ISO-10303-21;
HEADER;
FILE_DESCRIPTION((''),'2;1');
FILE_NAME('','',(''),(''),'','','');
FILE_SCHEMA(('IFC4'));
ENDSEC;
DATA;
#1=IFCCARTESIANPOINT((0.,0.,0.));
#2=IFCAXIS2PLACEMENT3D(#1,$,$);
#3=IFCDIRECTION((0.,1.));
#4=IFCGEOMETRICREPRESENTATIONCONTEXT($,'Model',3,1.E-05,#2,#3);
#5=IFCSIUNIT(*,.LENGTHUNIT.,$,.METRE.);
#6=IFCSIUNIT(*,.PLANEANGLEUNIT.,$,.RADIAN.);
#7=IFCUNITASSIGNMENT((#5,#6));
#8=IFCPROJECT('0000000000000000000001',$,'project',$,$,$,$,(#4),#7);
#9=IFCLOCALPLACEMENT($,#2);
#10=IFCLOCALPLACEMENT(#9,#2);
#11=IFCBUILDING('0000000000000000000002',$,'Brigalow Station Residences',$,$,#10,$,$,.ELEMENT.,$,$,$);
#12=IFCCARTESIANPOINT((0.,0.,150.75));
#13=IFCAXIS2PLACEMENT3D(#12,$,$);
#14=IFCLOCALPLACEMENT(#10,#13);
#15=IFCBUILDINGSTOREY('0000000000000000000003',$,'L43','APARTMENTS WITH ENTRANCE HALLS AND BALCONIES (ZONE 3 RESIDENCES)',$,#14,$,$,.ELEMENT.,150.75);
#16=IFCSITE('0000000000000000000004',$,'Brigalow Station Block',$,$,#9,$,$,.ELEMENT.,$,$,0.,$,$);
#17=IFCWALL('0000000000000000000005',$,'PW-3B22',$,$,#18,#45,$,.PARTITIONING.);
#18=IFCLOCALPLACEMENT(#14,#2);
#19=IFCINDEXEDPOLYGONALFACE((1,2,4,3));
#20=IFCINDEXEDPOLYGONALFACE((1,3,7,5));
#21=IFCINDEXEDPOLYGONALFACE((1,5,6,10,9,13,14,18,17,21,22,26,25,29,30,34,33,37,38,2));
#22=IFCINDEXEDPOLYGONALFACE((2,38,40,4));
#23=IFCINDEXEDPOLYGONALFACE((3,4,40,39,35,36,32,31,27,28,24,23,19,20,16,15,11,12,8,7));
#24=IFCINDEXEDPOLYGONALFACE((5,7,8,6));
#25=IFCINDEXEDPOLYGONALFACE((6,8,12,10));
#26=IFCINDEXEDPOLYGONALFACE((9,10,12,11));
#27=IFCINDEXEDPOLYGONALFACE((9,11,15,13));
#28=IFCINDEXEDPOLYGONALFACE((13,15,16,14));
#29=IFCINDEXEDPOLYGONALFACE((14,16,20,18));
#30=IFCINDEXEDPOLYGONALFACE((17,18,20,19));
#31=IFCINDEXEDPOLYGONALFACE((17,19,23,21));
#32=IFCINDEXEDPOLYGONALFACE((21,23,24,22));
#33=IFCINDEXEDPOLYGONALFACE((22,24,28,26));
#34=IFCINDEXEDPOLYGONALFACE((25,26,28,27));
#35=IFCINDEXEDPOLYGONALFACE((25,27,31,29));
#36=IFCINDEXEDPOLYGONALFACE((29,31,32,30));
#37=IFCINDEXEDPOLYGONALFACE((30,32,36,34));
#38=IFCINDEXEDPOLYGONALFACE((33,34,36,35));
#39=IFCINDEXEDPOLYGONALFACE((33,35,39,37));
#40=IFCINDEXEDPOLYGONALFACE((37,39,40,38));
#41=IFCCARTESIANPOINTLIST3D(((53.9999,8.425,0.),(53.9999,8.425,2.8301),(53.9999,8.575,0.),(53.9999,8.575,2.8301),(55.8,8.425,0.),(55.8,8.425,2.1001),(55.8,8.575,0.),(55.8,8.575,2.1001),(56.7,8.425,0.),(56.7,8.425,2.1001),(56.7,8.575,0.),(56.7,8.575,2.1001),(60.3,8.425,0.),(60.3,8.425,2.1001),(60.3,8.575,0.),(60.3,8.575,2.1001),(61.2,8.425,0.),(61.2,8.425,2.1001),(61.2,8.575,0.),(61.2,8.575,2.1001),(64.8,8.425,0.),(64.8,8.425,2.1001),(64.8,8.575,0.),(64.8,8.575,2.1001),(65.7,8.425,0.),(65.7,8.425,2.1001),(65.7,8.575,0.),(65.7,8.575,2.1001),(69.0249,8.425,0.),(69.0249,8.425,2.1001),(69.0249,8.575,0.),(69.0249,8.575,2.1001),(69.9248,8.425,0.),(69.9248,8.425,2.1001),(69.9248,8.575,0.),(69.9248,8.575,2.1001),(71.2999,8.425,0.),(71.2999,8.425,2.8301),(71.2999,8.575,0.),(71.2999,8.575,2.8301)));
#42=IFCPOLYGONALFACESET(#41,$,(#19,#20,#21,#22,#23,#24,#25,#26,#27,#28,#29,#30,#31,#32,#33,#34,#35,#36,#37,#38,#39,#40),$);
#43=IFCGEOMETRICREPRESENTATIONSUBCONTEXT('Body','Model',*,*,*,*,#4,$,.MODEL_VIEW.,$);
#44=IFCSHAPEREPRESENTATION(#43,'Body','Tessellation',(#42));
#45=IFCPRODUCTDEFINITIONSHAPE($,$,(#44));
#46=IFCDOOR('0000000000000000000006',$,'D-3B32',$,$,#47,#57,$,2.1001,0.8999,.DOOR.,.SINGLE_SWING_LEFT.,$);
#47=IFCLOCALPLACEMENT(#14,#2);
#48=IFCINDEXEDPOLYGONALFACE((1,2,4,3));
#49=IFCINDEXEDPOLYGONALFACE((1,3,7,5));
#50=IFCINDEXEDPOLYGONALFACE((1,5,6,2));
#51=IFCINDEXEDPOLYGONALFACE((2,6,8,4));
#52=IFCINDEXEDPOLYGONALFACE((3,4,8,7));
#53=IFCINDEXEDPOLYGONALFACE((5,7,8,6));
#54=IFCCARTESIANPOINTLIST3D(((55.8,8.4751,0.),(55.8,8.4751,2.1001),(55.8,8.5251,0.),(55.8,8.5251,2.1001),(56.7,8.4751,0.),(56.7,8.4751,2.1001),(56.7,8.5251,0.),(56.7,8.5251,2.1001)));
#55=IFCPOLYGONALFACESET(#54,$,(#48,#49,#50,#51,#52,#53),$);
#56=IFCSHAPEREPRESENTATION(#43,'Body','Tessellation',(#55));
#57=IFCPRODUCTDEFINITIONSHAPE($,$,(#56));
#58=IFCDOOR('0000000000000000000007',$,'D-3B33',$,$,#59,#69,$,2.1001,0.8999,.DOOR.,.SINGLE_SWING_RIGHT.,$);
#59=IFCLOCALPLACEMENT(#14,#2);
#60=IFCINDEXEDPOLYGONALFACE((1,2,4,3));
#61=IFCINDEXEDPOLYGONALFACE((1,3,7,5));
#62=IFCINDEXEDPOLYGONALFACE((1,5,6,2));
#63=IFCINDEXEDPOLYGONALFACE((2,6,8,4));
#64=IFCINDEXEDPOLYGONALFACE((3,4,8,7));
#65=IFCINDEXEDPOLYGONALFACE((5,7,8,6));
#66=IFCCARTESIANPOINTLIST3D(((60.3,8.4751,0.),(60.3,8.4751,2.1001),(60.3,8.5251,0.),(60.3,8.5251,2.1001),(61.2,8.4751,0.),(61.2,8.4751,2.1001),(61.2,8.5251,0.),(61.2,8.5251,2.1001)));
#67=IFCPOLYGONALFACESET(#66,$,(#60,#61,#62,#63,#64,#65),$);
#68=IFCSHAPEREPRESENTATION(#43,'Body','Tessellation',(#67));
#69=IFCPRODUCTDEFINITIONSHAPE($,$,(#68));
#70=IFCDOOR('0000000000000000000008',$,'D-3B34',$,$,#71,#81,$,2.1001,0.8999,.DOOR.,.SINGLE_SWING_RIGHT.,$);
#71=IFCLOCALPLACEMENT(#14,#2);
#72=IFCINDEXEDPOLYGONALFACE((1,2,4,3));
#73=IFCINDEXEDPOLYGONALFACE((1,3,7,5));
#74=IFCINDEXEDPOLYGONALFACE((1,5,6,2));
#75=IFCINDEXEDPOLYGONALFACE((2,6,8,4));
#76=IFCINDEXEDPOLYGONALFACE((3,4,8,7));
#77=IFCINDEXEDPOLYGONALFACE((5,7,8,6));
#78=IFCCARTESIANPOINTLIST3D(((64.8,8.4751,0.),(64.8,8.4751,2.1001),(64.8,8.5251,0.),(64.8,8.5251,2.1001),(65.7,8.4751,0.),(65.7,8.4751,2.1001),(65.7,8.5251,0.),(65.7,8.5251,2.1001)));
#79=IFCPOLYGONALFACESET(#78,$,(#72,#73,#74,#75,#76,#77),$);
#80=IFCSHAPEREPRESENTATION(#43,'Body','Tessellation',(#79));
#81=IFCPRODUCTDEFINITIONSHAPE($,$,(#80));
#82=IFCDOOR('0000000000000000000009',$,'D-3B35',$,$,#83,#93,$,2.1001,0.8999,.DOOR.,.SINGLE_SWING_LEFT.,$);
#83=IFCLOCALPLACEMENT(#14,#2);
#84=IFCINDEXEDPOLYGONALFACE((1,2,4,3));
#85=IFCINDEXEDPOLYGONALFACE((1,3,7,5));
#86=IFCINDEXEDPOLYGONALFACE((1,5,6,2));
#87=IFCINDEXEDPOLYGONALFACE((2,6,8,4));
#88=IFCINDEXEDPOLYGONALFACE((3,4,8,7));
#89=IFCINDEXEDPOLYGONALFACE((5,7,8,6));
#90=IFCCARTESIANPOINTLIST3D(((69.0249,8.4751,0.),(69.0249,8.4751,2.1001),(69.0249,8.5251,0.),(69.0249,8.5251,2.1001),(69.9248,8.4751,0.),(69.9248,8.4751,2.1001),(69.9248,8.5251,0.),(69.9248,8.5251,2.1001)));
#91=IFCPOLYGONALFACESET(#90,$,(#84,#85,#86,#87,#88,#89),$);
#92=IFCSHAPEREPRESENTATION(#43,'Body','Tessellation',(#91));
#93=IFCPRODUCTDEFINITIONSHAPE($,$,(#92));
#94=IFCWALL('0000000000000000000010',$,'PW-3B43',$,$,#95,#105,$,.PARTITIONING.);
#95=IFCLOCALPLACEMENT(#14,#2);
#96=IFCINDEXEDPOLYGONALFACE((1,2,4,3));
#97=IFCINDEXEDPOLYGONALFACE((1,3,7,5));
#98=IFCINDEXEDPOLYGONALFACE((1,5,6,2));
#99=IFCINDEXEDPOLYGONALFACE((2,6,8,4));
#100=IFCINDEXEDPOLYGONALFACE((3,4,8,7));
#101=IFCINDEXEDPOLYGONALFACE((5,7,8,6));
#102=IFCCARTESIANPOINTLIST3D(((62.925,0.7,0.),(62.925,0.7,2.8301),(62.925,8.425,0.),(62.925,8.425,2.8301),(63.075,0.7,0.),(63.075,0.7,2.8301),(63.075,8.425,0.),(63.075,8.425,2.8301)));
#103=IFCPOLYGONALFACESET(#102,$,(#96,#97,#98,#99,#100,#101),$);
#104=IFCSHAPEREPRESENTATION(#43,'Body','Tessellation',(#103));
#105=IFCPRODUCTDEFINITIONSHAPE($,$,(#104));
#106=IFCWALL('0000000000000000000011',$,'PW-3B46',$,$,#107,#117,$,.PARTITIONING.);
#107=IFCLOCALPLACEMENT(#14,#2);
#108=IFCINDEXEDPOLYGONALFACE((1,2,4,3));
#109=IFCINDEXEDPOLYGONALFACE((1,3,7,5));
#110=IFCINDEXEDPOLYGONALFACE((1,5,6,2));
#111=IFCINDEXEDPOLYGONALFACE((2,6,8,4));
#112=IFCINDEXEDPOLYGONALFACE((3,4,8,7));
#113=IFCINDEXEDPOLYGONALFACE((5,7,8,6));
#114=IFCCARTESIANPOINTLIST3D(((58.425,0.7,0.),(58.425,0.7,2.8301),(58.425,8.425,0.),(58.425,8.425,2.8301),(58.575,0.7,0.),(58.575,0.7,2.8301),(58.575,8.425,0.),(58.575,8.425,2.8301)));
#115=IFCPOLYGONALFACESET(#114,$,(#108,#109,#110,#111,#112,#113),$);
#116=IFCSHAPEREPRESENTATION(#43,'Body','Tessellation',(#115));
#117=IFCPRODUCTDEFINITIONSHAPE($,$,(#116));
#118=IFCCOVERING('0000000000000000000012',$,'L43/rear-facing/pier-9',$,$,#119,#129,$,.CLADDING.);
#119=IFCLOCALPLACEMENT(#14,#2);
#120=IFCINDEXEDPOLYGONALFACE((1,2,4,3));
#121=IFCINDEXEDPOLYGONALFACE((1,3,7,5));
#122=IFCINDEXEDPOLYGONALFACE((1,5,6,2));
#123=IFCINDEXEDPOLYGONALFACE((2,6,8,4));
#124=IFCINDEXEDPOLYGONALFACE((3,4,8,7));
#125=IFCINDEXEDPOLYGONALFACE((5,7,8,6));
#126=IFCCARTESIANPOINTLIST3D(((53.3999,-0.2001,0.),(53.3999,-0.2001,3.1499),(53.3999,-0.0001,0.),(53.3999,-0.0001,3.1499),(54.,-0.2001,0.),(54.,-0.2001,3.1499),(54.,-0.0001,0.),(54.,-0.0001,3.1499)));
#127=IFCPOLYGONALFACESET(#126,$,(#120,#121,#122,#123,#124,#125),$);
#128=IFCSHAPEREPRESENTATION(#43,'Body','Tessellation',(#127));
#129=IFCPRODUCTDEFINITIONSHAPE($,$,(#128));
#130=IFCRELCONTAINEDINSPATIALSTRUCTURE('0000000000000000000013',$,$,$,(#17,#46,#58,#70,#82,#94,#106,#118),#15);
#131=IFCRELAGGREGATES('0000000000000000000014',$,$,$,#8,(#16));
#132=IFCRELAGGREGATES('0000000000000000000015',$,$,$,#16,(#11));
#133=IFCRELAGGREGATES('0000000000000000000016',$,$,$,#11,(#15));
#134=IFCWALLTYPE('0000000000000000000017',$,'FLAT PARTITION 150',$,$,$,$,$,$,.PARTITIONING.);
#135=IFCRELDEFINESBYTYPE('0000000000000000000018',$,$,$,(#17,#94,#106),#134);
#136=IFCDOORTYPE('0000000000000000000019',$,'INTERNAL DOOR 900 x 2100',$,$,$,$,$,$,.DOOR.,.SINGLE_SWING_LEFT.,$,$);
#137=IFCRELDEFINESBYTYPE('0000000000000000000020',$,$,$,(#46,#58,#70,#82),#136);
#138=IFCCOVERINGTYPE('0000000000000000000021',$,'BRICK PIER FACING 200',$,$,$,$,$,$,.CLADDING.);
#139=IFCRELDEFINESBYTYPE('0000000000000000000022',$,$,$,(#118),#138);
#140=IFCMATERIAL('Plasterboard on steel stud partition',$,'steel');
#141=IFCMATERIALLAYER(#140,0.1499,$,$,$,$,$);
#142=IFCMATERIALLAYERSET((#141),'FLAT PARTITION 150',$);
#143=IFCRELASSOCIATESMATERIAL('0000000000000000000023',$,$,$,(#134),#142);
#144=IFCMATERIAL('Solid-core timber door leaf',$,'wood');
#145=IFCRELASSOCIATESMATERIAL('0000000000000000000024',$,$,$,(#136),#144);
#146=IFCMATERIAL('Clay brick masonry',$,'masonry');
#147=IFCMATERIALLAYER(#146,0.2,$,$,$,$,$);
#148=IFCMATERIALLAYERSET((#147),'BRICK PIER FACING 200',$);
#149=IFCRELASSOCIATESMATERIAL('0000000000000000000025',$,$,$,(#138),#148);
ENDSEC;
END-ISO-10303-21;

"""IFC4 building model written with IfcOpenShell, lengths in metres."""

from ifc_helpers import new_model, si_unit, direction, frame, frame_2d, origin, origin_2d, place, context, subcontext, project, spatial, rectangle, extrude, material, layer, layer_set, type_object, element, fill, save


model = new_model("IFC4")

# Units and contexts
model_context = context("Model", 3, precision=1e-05, world=origin(), true_north=direction((0.0, 1.0)))
body_context = subcontext(model_context, "Body", "Model", "MODEL_VIEW")
ifc_project = project(units=[si_unit("LENGTHUNIT", "METRE"), si_unit("PLANEANGLEUNIT", "RADIAN")], contexts=[model_context])

# Site, building, storey
site_placement = place(None, origin())
site = spatial("IfcSite", under=ifc_project, at=site_placement, Name="Brigalow Station Block", CompositionType="ELEMENT", RefElevation=0.0)
building_placement = place(site_placement, origin())
building = spatial("IfcBuilding", under=site, at=building_placement, Name="Brigalow Station Residences", CompositionType="ELEMENT")
storey_placement = place(building_placement, frame((0.0, 0.0, 150.75)))
storey = spatial("IfcBuildingStorey", under=building, at=storey_placement, Name="L43", Description="APARTMENTS WITH ENTRANCE HALLS AND BALCONIES (ZONE 3 RESIDENCES)", CompositionType="ELEMENT", Elevation=150.75)

# Wall, openings, doors
ifc_material_1 = material(Name="Plasterboard on steel stud partition", Category="steel")
ifc_layer_1 = layer(ifc_material_1, 0.1499)
ifc_layer_set_1 = layer_set([ifc_layer_1], Name="FLAT PARTITION 150")
wall_type_1 = type_object("IfcWallType", Name="FLAT PARTITION 150", PredefinedType="PARTITIONING", material=ifc_layer_set_1)
wall_1_placement = place(storey_placement, frame((54.0, 8.5, 0.0), z_axis=(0.0, 0.0, 1.0), x_axis=(1.0, 0.0, 0.0)))
wall_1 = element("IfcWall", 1, at=wall_1_placement, inside=storey, type_object=wall_type_1, Name="PW-3B22", PredefinedType="PARTITIONING", context=body_context, shape_type="SweptSolid", body=[
    extrude(rectangle(XDim=17.3, YDim=0.1499, at=frame_2d((8.6499, 0.0))), origin(), (0.0, 0.0, 1.0), 2.8301),
])
opening_1_placement = place(wall_1_placement, frame((1.8, 0.0, 0.0)))
opening_1 = element("IfcOpeningElement", 2, at=opening_1_placement, cuts=wall_1, PredefinedType="OPENING", context=body_context, shape_type="SweptSolid", body=[
    extrude(rectangle(XDim=0.8999, YDim=2.1001, at=frame_2d((0.45, 1.05))), frame((0.0, 0.085, 0.0), z_axis=(0.0, -1.0, 0.0), x_axis=(1.0, 0.0, 0.0)), (0.0, 0.0, 1.0), 0.1699),
])
opening_2_placement = place(wall_1_placement, frame((6.3, 0.0, 0.0)))
opening_2 = element("IfcOpeningElement", 3, at=opening_2_placement, cuts=wall_1, PredefinedType="OPENING", context=body_context, shape_type="SweptSolid", body=[
    extrude(rectangle(XDim=0.8999, YDim=2.1001, at=frame_2d((0.45, 1.05))), frame((0.0, 0.085, 0.0), z_axis=(0.0, -1.0, 0.0), x_axis=(1.0, 0.0, 0.0)), (0.0, 0.0, 1.0), 0.1699),
])
opening_3_placement = place(wall_1_placement, frame((10.8, 0.0, 0.0)))
opening_3 = element("IfcOpeningElement", 4, at=opening_3_placement, cuts=wall_1, PredefinedType="OPENING", context=body_context, shape_type="SweptSolid", body=[
    extrude(rectangle(XDim=0.8999, YDim=2.1001, at=frame_2d((0.45, 1.05))), frame((0.0, 0.085, 0.0), z_axis=(0.0, -1.0, 0.0), x_axis=(1.0, 0.0, 0.0)), (0.0, 0.0, 1.0), 0.1699),
])
opening_4_placement = place(wall_1_placement, frame((15.0249, 0.0, 0.0)))
opening_4 = element("IfcOpeningElement", 5, at=opening_4_placement, cuts=wall_1, PredefinedType="OPENING", context=body_context, shape_type="SweptSolid", body=[
    extrude(rectangle(XDim=0.8999, YDim=2.1001, at=frame_2d((0.45, 1.05))), frame((0.0, 0.085, 0.0), z_axis=(0.0, -1.0, 0.0), x_axis=(1.0, 0.0, 0.0)), (0.0, 0.0, 1.0), 0.1699),
])
ifc_material_2 = material(Name="Solid-core timber door leaf", Category="wood")
door_type = type_object("IfcDoorType", Name="INTERNAL DOOR 900 x 2100", OperationType="SINGLE_SWING_LEFT", PredefinedType="DOOR", material=ifc_material_2)
door_1_placement = place(opening_1_placement, frame((0.8999, 0.0, 0.0), z_axis=(0.0, 0.0, 1.0), x_axis=(-1.0, 0.0, 0.0)))
door_1 = element("IfcDoor", 6, at=door_1_placement, inside=storey, type_object=door_type, Name="D-3B32", OperationType="SINGLE_SWING_LEFT", OverallHeight=2.1001, OverallWidth=0.8999, PredefinedType="DOOR", context=body_context, shape_type="SweptSolid", body=[
    extrude(rectangle(XDim=0.8999, YDim=2.1001, at=frame_2d((0.45, 1.05))), frame((0.0, 0.0249, 0.0), z_axis=(0.0, -1.0, 0.0), x_axis=(1.0, 0.0, 0.0)), (0.0, 0.0, 1.0), 0.05),
])
fill(opening_1, door_1)
door_2_placement = place(opening_2_placement, frame((0.8999, 0.0, 0.0), z_axis=(0.0, 0.0, 1.0), x_axis=(-1.0, 0.0, 0.0)))
door_2 = element("IfcDoor", 7, at=door_2_placement, inside=storey, type_object=door_type, Name="D-3B33", OperationType="SINGLE_SWING_RIGHT", OverallHeight=2.1001, OverallWidth=0.8999, PredefinedType="DOOR", context=body_context, shape_type="SweptSolid", body=[
    extrude(rectangle(XDim=0.8999, YDim=2.1001, at=frame_2d((0.45, 1.05))), frame((0.0, 0.0249, 0.0), z_axis=(0.0, -1.0, 0.0), x_axis=(1.0, 0.0, 0.0)), (0.0, 0.0, 1.0), 0.05),
])
fill(opening_2, door_2)
door_3_placement = place(opening_3_placement, frame((0.8999, 0.0, 0.0), z_axis=(0.0, 0.0, 1.0), x_axis=(-1.0, 0.0, 0.0)))
door_3 = element("IfcDoor", 8, at=door_3_placement, inside=storey, type_object=door_type, Name="D-3B34", OperationType="SINGLE_SWING_RIGHT", OverallHeight=2.1001, OverallWidth=0.8999, PredefinedType="DOOR", context=body_context, shape_type="SweptSolid", body=[
    extrude(rectangle(XDim=0.8999, YDim=2.1001, at=frame_2d((0.45, 1.05))), frame((0.0, 0.0249, 0.0), z_axis=(0.0, -1.0, 0.0), x_axis=(1.0, 0.0, 0.0)), (0.0, 0.0, 1.0), 0.05),
])
fill(opening_3, door_3)
door_4_placement = place(opening_4_placement, frame((0.8999, 0.0, 0.0), z_axis=(0.0, 0.0, 1.0), x_axis=(-1.0, 0.0, 0.0)))
door_4 = element("IfcDoor", 9, at=door_4_placement, inside=storey, type_object=door_type, Name="D-3B35", OperationType="SINGLE_SWING_LEFT", OverallHeight=2.1001, OverallWidth=0.8999, PredefinedType="DOOR", context=body_context, shape_type="SweptSolid", body=[
    extrude(rectangle(XDim=0.8999, YDim=2.1001, at=frame_2d((0.45, 1.05))), frame((0.0, 0.0249, 0.0), z_axis=(0.0, -1.0, 0.0), x_axis=(1.0, 0.0, 0.0)), (0.0, 0.0, 1.0), 0.05),
])
fill(opening_4, door_4)

# Walls
for number, where, z_axis, x_axis, name in (
    (10, (63.0, 0.7, 0.0), (0.0, 0.0, 1.0), (0.0, 1.0, 0.0), "PW-3B43"),
    (11, (58.5, 0.7, 0.0), (0.0, 0.0, 1.0), (0.0, 1.0, 0.0), "PW-3B46"),
):
    element("IfcWall", number, at=place(storey_placement, frame(where, z_axis=z_axis, x_axis=x_axis)), inside=storey, type_object=wall_type_1, Name=name, PredefinedType="PARTITIONING", context=body_context, shape_type="SweptSolid", body=[
        extrude(rectangle(XDim=7.7251, YDim=0.1499, at=frame_2d((3.8625, 0.0))), origin(), (0.0, 0.0, 1.0), 2.8301),
    ])

# Covering
ifc_material_3 = material(Name="Clay brick masonry", Category="masonry")
ifc_layer_2 = layer(ifc_material_3, 0.2)
ifc_layer_set_2 = layer_set([ifc_layer_2], Name="BRICK PIER FACING 200")
covering_type = type_object("IfcCoveringType", Name="BRICK PIER FACING 200", PredefinedType="CLADDING", material=ifc_layer_set_2)
covering_placement = place(storey_placement, frame((53.7, -0.1001, 0.0), z_axis=(0.0, 0.0, 1.0), x_axis=(1.0, 0.0, 0.0)))
element("IfcCovering", 12, at=covering_placement, inside=storey, type_object=covering_type, Name="L43/rear-facing/pier-9", PredefinedType="CLADDING", context=body_context, shape_type="SweptSolid", body=[
    extrude(rectangle(XDim=0.6001, YDim=0.2, at=origin_2d()), origin(), (0.0, 0.0, 1.0), 3.1499),
])

save(model, "model.ifc")
